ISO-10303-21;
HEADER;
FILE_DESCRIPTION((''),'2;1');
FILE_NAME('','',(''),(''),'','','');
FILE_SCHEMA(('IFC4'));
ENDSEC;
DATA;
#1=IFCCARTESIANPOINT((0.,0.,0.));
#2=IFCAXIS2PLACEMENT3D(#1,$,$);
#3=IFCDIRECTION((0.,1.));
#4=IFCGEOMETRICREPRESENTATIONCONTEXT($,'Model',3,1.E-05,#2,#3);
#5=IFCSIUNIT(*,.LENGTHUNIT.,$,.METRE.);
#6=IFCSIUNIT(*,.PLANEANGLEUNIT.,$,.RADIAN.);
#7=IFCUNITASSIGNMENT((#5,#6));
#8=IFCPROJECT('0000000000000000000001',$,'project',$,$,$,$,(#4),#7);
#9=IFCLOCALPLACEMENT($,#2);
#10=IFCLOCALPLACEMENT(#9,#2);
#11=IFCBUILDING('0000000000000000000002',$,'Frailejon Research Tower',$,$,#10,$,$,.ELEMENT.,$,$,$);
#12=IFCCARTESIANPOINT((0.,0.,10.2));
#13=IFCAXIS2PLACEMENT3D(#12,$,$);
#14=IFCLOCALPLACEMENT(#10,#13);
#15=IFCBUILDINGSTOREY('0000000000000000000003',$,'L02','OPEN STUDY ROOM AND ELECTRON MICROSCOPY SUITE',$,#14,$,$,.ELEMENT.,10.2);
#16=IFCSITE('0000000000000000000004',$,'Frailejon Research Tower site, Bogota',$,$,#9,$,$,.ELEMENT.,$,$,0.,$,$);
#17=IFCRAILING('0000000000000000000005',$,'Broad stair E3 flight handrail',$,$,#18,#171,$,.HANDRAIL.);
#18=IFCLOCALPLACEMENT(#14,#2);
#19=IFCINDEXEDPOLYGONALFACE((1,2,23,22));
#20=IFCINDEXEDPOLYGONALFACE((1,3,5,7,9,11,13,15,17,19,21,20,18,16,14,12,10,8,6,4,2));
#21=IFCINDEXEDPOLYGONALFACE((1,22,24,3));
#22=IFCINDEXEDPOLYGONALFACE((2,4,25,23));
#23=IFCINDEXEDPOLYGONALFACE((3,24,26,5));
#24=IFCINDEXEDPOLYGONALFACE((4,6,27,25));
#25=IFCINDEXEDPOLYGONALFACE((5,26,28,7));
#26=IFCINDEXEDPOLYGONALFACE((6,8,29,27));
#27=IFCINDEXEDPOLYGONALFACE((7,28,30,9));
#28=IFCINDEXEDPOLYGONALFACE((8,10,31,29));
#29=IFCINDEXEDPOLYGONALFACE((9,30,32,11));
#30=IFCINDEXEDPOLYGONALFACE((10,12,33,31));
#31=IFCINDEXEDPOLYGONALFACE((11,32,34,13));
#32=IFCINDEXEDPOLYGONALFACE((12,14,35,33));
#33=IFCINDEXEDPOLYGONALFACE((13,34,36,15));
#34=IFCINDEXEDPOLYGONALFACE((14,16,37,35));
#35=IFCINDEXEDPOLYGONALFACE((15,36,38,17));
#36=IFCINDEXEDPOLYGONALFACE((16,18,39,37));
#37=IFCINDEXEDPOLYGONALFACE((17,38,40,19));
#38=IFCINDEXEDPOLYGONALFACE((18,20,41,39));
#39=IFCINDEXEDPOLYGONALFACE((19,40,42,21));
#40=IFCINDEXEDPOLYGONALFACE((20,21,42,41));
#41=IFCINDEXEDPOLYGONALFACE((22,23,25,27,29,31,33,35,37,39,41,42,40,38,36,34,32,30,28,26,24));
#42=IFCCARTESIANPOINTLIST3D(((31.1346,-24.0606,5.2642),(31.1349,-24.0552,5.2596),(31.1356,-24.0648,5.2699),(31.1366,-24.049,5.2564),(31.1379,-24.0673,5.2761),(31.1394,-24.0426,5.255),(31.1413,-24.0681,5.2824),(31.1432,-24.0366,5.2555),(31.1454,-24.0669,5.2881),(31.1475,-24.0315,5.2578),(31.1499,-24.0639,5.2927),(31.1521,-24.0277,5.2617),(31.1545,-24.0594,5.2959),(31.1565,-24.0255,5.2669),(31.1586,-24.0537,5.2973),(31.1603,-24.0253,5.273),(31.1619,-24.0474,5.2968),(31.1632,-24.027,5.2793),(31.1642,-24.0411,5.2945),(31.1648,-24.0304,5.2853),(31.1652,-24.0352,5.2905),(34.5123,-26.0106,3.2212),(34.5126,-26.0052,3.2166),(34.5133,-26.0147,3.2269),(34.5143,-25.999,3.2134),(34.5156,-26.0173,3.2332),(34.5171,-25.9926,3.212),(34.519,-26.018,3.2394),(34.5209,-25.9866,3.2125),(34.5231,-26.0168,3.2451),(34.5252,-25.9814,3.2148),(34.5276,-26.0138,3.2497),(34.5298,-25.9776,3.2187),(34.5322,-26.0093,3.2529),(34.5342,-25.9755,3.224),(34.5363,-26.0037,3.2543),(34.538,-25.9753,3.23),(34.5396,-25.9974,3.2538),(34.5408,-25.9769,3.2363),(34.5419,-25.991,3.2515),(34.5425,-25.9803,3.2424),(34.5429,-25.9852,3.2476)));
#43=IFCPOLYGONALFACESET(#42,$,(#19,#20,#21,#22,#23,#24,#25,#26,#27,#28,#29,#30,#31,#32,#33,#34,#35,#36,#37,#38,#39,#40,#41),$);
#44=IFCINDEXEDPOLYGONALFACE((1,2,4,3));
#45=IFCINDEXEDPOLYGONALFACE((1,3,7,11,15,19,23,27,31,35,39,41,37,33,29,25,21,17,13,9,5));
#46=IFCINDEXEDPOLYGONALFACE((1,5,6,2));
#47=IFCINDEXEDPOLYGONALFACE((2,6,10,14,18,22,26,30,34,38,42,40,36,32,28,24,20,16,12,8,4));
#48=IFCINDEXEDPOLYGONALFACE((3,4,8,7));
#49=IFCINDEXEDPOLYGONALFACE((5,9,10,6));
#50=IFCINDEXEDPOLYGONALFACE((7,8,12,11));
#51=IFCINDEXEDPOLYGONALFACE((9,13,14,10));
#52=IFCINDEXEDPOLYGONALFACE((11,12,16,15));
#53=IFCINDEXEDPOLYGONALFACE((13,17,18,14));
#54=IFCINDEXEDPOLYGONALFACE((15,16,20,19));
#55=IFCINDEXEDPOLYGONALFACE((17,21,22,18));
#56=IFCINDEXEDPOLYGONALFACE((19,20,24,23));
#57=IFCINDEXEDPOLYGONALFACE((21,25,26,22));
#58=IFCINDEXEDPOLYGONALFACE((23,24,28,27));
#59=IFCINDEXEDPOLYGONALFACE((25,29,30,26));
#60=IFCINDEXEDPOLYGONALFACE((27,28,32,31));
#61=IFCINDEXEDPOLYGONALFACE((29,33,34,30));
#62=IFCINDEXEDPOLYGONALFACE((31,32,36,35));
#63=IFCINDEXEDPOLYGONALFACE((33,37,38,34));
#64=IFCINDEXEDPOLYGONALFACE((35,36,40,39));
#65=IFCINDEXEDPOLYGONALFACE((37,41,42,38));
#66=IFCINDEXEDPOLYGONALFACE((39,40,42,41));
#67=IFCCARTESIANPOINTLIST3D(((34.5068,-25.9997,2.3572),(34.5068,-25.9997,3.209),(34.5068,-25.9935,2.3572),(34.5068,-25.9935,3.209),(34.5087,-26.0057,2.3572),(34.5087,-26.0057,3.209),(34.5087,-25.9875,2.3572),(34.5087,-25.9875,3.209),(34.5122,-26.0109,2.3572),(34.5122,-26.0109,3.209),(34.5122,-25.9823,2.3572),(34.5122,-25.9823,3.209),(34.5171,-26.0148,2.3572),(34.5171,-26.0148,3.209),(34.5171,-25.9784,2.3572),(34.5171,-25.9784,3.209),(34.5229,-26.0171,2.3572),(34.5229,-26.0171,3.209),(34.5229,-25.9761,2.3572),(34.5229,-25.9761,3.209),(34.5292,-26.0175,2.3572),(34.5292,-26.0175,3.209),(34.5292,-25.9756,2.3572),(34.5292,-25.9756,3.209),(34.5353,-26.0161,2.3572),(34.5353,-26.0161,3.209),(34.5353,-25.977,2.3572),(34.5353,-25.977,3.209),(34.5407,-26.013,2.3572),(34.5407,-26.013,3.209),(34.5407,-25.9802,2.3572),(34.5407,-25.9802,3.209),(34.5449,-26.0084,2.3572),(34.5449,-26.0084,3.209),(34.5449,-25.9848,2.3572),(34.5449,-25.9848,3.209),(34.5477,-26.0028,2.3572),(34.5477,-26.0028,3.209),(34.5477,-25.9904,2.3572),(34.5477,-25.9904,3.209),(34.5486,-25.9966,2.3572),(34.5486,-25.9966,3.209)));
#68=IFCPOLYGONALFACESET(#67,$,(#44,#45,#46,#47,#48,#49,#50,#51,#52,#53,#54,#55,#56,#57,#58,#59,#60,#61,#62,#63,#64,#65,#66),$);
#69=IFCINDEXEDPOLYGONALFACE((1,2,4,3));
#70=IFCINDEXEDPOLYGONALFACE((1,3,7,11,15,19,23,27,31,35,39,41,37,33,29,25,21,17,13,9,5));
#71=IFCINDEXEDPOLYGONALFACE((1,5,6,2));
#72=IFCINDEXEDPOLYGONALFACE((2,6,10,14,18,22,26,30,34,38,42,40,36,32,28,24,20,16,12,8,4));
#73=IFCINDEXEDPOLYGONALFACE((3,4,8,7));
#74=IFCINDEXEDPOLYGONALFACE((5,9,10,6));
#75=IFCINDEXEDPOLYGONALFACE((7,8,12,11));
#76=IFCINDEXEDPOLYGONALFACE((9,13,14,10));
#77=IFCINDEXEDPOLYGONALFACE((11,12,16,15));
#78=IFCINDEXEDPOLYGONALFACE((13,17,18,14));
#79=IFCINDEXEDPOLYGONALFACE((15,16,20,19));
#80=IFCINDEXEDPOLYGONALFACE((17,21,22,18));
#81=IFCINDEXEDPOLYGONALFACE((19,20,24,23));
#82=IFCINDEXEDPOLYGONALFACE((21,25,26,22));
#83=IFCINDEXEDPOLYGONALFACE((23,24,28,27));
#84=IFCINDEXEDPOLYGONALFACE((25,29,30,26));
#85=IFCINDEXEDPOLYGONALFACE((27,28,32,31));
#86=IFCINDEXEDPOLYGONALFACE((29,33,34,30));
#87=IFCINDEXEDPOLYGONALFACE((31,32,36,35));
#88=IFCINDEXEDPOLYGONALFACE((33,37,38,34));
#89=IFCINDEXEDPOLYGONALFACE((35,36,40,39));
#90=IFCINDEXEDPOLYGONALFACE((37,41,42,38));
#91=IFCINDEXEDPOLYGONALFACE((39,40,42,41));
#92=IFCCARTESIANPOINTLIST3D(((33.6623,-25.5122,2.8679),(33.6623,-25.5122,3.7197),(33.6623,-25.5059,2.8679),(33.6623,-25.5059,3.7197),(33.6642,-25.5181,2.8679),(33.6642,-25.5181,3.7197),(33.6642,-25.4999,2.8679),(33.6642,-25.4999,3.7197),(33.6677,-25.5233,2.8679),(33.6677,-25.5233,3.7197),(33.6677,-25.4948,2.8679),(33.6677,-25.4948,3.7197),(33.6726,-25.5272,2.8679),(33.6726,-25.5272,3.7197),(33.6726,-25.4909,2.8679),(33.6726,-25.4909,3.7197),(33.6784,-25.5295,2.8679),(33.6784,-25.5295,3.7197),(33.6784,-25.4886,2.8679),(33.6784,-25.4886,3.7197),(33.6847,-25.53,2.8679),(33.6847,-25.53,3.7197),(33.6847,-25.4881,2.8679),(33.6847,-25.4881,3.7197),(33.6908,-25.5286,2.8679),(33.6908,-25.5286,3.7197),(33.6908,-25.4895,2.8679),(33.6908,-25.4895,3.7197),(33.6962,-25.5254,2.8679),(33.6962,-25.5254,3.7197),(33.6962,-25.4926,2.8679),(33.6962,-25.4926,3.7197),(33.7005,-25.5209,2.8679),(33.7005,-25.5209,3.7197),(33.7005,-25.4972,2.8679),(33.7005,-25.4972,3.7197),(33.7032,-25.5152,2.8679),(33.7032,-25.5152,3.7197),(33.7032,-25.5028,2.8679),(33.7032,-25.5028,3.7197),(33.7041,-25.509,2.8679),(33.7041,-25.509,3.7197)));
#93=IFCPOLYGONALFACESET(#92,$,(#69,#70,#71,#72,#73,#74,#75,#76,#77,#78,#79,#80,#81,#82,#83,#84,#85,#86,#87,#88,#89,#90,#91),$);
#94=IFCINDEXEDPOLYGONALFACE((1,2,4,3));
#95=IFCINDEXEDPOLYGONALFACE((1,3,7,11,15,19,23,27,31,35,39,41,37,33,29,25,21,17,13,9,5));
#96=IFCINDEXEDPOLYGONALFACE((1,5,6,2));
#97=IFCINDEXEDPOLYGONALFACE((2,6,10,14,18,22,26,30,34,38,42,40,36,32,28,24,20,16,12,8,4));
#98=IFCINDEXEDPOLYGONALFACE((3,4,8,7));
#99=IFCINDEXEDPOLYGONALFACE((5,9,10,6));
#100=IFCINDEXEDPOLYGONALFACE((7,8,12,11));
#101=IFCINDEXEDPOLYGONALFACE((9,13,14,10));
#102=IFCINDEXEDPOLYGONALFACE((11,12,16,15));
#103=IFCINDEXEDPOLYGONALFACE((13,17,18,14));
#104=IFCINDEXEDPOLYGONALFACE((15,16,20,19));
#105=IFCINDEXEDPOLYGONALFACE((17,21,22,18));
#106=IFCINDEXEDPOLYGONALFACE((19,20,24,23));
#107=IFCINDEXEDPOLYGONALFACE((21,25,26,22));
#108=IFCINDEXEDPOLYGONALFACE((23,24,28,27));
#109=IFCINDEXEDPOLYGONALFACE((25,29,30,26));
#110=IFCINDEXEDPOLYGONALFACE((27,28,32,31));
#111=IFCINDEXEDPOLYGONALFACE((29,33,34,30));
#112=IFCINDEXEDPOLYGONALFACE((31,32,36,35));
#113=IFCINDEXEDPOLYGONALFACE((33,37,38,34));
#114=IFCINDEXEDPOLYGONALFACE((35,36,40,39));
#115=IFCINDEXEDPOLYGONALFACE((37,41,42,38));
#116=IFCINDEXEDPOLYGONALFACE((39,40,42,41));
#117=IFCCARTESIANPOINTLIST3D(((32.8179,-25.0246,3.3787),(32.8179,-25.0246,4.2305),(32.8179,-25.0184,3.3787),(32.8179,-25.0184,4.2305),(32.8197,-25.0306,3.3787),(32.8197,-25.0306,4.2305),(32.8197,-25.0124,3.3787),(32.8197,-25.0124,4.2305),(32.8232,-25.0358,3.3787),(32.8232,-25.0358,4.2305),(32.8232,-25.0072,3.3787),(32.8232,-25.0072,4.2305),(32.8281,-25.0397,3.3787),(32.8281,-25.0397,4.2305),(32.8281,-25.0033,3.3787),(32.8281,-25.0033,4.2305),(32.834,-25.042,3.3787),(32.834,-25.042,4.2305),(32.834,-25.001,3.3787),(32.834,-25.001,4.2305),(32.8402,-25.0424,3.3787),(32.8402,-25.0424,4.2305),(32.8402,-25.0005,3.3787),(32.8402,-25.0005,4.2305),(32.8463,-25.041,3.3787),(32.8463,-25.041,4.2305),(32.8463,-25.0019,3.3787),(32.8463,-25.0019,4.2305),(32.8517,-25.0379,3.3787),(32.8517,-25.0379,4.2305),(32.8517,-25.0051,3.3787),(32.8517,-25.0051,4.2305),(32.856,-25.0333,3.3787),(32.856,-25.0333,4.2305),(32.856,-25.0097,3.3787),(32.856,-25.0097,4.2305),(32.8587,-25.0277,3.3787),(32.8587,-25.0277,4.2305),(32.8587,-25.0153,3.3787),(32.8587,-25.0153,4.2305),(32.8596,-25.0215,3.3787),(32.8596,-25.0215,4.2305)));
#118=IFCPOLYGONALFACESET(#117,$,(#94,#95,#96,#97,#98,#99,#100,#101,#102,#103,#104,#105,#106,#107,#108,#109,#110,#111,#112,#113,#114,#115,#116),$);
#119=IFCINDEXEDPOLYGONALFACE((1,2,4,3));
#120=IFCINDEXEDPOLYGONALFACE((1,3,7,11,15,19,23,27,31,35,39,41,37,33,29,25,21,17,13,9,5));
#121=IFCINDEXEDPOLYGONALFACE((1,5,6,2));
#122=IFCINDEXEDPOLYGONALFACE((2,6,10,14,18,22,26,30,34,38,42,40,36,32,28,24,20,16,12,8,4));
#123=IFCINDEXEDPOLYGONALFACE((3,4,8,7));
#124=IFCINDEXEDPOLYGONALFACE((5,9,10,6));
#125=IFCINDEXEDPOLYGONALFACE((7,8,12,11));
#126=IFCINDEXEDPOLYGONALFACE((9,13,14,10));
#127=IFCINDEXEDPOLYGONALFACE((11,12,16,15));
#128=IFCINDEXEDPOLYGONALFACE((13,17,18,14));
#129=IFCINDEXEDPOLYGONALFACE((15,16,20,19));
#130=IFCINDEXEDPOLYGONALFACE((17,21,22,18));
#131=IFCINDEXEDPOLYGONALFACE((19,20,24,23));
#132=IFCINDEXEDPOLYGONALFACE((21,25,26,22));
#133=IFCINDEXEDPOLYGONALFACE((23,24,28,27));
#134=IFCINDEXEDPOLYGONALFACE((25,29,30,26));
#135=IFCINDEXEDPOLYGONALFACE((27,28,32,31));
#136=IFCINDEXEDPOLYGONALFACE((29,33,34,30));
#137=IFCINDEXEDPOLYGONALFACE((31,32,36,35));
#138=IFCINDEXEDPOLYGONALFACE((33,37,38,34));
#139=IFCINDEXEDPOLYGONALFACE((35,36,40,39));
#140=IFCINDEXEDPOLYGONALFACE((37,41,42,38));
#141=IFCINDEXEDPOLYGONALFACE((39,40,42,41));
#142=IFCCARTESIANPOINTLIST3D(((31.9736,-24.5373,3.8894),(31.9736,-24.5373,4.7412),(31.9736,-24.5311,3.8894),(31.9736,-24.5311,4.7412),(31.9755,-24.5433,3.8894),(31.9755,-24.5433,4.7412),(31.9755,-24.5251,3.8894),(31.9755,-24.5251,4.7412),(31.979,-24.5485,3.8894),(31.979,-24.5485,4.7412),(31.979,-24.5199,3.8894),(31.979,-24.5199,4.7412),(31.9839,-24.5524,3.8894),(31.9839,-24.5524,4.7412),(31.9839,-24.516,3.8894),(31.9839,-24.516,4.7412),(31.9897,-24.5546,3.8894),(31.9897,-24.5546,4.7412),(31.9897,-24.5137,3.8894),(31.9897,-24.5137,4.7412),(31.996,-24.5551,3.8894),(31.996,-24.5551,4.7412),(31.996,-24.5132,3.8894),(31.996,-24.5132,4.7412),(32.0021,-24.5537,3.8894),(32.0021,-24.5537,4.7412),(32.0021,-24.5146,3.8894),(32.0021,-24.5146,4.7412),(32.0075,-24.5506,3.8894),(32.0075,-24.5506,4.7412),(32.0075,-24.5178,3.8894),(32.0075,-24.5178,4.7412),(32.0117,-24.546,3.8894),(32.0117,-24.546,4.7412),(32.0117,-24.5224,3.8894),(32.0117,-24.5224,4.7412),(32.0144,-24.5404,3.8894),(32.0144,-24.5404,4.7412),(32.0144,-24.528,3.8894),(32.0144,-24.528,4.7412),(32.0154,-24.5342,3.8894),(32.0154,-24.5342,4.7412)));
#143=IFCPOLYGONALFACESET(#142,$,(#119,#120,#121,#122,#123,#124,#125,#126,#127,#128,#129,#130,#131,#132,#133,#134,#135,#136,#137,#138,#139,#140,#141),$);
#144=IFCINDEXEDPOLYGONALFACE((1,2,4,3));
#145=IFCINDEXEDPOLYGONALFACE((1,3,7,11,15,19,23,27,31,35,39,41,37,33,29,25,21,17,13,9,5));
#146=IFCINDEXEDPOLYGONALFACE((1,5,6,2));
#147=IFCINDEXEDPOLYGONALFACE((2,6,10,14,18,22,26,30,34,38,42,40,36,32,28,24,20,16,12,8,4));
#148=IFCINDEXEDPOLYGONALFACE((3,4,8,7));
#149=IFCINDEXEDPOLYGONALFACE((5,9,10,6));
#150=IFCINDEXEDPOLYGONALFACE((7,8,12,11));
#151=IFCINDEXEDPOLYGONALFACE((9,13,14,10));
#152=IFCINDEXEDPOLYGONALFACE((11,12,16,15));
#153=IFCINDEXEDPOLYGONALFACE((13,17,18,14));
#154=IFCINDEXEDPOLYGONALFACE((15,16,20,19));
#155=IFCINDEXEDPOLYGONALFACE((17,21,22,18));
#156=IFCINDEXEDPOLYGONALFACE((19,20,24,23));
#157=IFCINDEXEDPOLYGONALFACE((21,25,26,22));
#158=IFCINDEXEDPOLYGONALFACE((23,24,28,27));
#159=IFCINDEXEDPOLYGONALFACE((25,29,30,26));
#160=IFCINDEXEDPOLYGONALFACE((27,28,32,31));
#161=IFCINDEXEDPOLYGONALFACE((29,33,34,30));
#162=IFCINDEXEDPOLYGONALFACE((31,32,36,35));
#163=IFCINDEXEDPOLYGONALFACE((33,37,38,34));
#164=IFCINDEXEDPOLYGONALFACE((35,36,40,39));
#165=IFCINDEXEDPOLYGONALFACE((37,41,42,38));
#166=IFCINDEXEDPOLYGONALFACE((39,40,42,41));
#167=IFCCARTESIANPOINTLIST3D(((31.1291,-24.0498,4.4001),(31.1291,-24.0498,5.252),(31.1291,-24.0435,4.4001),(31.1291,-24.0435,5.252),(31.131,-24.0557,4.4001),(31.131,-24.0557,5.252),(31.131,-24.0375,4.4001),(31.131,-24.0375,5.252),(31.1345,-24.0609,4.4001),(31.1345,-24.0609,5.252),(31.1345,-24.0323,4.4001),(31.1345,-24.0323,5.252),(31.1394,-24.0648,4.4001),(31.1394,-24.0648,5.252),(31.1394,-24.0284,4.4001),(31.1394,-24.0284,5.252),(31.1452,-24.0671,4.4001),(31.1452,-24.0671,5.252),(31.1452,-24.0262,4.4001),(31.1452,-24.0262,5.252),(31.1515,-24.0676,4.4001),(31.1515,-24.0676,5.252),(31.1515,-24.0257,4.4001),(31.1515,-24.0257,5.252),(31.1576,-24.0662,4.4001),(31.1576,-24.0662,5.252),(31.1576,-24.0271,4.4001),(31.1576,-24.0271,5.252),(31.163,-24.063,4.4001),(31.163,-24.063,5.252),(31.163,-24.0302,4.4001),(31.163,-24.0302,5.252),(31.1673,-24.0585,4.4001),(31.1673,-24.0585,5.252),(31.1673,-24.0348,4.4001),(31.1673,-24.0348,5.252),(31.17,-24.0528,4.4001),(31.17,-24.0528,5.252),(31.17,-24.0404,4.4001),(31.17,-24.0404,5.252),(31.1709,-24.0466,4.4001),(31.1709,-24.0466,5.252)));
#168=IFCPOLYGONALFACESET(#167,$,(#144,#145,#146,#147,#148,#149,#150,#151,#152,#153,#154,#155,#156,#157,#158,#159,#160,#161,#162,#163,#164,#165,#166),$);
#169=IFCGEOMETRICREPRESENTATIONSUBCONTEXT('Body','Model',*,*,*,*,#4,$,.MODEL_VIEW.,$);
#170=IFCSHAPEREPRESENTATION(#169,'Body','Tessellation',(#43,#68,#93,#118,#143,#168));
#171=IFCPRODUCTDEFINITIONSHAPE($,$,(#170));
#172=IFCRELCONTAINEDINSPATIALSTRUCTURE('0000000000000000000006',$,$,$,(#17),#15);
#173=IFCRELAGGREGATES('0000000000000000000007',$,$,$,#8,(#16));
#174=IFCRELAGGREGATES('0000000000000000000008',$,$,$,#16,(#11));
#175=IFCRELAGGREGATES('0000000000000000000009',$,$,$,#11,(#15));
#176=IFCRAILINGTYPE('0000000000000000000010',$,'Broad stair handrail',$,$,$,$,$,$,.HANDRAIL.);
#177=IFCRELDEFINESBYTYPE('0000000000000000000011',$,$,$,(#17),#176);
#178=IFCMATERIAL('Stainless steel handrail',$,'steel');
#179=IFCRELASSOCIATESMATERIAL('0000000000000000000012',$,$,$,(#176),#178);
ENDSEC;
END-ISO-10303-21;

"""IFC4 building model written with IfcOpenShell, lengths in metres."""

from ifc_helpers import new_model, si_unit, direction, frame, origin, origin_2d, place, context, subcontext, project, spatial, circle, extrude, material, type_object, element, save


model = new_model("IFC4")

# Units and contexts
model_context = context("Model", 3, precision=1e-05, world=origin(), true_north=direction((0.0, 1.0)))
body_context = subcontext(model_context, "Body", "Model", "MODEL_VIEW")
ifc_project = project(units=[si_unit("LENGTHUNIT", "METRE"), si_unit("PLANEANGLEUNIT", "RADIAN")], contexts=[model_context])

# Site, building, storey
site_placement = place(None, origin())
site = spatial("IfcSite", under=ifc_project, at=site_placement, Name="Frailejon Research Tower site, Bogota", CompositionType="ELEMENT", RefElevation=0.0)
building_placement = place(site_placement, origin())
building = spatial("IfcBuilding", under=site, at=building_placement, Name="Frailejon Research Tower", CompositionType="ELEMENT")
storey_placement = place(building_placement, frame((0.0, 0.0, 10.2)))
storey = spatial("IfcBuildingStorey", under=building, at=storey_placement, Name="L02", Description="OPEN STUDY ROOM AND ELECTRON MICROSCOPY SUITE", CompositionType="ELEMENT", Elevation=10.2)

# Railing
ifc_material_1 = material(Name="Stainless steel handrail", Category="steel")
railing_type_1 = type_object("IfcRailingType", Name="Broad stair handrail", PredefinedType="HANDRAIL", material=ifc_material_1)
for number, where, name in (
    (1, (34.5276, -25.9966, 2.3572), "Broad stair E3 flight handrail"),
):
    element("IfcRailing", number, at=place(storey_placement, frame(where)), inside=storey, type_object=railing_type_1, Name=name, PredefinedType="HANDRAIL", context=body_context, shape_type="SweptSolid", body=[
        extrude(circle(Radius=0.0239, at=origin_2d()), frame((0.0, 0.0, 0.876), z_axis=(-0.767165, 0.442887, 0.464014), x_axis=(-0.49997, -0.866043, 0.0)), (0.0, 0.0, 1.0), 4.4028),
        extrude(circle(Radius=0.021, at=origin_2d()), origin(), (0.0, 0.0, 1.0), 0.8518),
        extrude(circle(Radius=0.021, at=origin_2d()), frame((-0.8445, 0.4875, 0.5107)), (0.0, 0.0, 1.0), 0.8518),
        extrude(circle(Radius=0.021, at=origin_2d()), frame((-1.689, 0.9751, 1.0215)), (0.0, 0.0, 1.0), 0.8518),
        extrude(circle(Radius=0.021, at=origin_2d()), frame((-2.5332, 1.4624, 1.5322)), (0.0, 0.0, 1.0), 0.8518),
        extrude(circle(Radius=0.021, at=origin_2d()), frame((-3.3777, 1.95, 2.043)), (0.0, 0.0, 1.0), 0.8518),
    ])

save(model, "model.ifc")
